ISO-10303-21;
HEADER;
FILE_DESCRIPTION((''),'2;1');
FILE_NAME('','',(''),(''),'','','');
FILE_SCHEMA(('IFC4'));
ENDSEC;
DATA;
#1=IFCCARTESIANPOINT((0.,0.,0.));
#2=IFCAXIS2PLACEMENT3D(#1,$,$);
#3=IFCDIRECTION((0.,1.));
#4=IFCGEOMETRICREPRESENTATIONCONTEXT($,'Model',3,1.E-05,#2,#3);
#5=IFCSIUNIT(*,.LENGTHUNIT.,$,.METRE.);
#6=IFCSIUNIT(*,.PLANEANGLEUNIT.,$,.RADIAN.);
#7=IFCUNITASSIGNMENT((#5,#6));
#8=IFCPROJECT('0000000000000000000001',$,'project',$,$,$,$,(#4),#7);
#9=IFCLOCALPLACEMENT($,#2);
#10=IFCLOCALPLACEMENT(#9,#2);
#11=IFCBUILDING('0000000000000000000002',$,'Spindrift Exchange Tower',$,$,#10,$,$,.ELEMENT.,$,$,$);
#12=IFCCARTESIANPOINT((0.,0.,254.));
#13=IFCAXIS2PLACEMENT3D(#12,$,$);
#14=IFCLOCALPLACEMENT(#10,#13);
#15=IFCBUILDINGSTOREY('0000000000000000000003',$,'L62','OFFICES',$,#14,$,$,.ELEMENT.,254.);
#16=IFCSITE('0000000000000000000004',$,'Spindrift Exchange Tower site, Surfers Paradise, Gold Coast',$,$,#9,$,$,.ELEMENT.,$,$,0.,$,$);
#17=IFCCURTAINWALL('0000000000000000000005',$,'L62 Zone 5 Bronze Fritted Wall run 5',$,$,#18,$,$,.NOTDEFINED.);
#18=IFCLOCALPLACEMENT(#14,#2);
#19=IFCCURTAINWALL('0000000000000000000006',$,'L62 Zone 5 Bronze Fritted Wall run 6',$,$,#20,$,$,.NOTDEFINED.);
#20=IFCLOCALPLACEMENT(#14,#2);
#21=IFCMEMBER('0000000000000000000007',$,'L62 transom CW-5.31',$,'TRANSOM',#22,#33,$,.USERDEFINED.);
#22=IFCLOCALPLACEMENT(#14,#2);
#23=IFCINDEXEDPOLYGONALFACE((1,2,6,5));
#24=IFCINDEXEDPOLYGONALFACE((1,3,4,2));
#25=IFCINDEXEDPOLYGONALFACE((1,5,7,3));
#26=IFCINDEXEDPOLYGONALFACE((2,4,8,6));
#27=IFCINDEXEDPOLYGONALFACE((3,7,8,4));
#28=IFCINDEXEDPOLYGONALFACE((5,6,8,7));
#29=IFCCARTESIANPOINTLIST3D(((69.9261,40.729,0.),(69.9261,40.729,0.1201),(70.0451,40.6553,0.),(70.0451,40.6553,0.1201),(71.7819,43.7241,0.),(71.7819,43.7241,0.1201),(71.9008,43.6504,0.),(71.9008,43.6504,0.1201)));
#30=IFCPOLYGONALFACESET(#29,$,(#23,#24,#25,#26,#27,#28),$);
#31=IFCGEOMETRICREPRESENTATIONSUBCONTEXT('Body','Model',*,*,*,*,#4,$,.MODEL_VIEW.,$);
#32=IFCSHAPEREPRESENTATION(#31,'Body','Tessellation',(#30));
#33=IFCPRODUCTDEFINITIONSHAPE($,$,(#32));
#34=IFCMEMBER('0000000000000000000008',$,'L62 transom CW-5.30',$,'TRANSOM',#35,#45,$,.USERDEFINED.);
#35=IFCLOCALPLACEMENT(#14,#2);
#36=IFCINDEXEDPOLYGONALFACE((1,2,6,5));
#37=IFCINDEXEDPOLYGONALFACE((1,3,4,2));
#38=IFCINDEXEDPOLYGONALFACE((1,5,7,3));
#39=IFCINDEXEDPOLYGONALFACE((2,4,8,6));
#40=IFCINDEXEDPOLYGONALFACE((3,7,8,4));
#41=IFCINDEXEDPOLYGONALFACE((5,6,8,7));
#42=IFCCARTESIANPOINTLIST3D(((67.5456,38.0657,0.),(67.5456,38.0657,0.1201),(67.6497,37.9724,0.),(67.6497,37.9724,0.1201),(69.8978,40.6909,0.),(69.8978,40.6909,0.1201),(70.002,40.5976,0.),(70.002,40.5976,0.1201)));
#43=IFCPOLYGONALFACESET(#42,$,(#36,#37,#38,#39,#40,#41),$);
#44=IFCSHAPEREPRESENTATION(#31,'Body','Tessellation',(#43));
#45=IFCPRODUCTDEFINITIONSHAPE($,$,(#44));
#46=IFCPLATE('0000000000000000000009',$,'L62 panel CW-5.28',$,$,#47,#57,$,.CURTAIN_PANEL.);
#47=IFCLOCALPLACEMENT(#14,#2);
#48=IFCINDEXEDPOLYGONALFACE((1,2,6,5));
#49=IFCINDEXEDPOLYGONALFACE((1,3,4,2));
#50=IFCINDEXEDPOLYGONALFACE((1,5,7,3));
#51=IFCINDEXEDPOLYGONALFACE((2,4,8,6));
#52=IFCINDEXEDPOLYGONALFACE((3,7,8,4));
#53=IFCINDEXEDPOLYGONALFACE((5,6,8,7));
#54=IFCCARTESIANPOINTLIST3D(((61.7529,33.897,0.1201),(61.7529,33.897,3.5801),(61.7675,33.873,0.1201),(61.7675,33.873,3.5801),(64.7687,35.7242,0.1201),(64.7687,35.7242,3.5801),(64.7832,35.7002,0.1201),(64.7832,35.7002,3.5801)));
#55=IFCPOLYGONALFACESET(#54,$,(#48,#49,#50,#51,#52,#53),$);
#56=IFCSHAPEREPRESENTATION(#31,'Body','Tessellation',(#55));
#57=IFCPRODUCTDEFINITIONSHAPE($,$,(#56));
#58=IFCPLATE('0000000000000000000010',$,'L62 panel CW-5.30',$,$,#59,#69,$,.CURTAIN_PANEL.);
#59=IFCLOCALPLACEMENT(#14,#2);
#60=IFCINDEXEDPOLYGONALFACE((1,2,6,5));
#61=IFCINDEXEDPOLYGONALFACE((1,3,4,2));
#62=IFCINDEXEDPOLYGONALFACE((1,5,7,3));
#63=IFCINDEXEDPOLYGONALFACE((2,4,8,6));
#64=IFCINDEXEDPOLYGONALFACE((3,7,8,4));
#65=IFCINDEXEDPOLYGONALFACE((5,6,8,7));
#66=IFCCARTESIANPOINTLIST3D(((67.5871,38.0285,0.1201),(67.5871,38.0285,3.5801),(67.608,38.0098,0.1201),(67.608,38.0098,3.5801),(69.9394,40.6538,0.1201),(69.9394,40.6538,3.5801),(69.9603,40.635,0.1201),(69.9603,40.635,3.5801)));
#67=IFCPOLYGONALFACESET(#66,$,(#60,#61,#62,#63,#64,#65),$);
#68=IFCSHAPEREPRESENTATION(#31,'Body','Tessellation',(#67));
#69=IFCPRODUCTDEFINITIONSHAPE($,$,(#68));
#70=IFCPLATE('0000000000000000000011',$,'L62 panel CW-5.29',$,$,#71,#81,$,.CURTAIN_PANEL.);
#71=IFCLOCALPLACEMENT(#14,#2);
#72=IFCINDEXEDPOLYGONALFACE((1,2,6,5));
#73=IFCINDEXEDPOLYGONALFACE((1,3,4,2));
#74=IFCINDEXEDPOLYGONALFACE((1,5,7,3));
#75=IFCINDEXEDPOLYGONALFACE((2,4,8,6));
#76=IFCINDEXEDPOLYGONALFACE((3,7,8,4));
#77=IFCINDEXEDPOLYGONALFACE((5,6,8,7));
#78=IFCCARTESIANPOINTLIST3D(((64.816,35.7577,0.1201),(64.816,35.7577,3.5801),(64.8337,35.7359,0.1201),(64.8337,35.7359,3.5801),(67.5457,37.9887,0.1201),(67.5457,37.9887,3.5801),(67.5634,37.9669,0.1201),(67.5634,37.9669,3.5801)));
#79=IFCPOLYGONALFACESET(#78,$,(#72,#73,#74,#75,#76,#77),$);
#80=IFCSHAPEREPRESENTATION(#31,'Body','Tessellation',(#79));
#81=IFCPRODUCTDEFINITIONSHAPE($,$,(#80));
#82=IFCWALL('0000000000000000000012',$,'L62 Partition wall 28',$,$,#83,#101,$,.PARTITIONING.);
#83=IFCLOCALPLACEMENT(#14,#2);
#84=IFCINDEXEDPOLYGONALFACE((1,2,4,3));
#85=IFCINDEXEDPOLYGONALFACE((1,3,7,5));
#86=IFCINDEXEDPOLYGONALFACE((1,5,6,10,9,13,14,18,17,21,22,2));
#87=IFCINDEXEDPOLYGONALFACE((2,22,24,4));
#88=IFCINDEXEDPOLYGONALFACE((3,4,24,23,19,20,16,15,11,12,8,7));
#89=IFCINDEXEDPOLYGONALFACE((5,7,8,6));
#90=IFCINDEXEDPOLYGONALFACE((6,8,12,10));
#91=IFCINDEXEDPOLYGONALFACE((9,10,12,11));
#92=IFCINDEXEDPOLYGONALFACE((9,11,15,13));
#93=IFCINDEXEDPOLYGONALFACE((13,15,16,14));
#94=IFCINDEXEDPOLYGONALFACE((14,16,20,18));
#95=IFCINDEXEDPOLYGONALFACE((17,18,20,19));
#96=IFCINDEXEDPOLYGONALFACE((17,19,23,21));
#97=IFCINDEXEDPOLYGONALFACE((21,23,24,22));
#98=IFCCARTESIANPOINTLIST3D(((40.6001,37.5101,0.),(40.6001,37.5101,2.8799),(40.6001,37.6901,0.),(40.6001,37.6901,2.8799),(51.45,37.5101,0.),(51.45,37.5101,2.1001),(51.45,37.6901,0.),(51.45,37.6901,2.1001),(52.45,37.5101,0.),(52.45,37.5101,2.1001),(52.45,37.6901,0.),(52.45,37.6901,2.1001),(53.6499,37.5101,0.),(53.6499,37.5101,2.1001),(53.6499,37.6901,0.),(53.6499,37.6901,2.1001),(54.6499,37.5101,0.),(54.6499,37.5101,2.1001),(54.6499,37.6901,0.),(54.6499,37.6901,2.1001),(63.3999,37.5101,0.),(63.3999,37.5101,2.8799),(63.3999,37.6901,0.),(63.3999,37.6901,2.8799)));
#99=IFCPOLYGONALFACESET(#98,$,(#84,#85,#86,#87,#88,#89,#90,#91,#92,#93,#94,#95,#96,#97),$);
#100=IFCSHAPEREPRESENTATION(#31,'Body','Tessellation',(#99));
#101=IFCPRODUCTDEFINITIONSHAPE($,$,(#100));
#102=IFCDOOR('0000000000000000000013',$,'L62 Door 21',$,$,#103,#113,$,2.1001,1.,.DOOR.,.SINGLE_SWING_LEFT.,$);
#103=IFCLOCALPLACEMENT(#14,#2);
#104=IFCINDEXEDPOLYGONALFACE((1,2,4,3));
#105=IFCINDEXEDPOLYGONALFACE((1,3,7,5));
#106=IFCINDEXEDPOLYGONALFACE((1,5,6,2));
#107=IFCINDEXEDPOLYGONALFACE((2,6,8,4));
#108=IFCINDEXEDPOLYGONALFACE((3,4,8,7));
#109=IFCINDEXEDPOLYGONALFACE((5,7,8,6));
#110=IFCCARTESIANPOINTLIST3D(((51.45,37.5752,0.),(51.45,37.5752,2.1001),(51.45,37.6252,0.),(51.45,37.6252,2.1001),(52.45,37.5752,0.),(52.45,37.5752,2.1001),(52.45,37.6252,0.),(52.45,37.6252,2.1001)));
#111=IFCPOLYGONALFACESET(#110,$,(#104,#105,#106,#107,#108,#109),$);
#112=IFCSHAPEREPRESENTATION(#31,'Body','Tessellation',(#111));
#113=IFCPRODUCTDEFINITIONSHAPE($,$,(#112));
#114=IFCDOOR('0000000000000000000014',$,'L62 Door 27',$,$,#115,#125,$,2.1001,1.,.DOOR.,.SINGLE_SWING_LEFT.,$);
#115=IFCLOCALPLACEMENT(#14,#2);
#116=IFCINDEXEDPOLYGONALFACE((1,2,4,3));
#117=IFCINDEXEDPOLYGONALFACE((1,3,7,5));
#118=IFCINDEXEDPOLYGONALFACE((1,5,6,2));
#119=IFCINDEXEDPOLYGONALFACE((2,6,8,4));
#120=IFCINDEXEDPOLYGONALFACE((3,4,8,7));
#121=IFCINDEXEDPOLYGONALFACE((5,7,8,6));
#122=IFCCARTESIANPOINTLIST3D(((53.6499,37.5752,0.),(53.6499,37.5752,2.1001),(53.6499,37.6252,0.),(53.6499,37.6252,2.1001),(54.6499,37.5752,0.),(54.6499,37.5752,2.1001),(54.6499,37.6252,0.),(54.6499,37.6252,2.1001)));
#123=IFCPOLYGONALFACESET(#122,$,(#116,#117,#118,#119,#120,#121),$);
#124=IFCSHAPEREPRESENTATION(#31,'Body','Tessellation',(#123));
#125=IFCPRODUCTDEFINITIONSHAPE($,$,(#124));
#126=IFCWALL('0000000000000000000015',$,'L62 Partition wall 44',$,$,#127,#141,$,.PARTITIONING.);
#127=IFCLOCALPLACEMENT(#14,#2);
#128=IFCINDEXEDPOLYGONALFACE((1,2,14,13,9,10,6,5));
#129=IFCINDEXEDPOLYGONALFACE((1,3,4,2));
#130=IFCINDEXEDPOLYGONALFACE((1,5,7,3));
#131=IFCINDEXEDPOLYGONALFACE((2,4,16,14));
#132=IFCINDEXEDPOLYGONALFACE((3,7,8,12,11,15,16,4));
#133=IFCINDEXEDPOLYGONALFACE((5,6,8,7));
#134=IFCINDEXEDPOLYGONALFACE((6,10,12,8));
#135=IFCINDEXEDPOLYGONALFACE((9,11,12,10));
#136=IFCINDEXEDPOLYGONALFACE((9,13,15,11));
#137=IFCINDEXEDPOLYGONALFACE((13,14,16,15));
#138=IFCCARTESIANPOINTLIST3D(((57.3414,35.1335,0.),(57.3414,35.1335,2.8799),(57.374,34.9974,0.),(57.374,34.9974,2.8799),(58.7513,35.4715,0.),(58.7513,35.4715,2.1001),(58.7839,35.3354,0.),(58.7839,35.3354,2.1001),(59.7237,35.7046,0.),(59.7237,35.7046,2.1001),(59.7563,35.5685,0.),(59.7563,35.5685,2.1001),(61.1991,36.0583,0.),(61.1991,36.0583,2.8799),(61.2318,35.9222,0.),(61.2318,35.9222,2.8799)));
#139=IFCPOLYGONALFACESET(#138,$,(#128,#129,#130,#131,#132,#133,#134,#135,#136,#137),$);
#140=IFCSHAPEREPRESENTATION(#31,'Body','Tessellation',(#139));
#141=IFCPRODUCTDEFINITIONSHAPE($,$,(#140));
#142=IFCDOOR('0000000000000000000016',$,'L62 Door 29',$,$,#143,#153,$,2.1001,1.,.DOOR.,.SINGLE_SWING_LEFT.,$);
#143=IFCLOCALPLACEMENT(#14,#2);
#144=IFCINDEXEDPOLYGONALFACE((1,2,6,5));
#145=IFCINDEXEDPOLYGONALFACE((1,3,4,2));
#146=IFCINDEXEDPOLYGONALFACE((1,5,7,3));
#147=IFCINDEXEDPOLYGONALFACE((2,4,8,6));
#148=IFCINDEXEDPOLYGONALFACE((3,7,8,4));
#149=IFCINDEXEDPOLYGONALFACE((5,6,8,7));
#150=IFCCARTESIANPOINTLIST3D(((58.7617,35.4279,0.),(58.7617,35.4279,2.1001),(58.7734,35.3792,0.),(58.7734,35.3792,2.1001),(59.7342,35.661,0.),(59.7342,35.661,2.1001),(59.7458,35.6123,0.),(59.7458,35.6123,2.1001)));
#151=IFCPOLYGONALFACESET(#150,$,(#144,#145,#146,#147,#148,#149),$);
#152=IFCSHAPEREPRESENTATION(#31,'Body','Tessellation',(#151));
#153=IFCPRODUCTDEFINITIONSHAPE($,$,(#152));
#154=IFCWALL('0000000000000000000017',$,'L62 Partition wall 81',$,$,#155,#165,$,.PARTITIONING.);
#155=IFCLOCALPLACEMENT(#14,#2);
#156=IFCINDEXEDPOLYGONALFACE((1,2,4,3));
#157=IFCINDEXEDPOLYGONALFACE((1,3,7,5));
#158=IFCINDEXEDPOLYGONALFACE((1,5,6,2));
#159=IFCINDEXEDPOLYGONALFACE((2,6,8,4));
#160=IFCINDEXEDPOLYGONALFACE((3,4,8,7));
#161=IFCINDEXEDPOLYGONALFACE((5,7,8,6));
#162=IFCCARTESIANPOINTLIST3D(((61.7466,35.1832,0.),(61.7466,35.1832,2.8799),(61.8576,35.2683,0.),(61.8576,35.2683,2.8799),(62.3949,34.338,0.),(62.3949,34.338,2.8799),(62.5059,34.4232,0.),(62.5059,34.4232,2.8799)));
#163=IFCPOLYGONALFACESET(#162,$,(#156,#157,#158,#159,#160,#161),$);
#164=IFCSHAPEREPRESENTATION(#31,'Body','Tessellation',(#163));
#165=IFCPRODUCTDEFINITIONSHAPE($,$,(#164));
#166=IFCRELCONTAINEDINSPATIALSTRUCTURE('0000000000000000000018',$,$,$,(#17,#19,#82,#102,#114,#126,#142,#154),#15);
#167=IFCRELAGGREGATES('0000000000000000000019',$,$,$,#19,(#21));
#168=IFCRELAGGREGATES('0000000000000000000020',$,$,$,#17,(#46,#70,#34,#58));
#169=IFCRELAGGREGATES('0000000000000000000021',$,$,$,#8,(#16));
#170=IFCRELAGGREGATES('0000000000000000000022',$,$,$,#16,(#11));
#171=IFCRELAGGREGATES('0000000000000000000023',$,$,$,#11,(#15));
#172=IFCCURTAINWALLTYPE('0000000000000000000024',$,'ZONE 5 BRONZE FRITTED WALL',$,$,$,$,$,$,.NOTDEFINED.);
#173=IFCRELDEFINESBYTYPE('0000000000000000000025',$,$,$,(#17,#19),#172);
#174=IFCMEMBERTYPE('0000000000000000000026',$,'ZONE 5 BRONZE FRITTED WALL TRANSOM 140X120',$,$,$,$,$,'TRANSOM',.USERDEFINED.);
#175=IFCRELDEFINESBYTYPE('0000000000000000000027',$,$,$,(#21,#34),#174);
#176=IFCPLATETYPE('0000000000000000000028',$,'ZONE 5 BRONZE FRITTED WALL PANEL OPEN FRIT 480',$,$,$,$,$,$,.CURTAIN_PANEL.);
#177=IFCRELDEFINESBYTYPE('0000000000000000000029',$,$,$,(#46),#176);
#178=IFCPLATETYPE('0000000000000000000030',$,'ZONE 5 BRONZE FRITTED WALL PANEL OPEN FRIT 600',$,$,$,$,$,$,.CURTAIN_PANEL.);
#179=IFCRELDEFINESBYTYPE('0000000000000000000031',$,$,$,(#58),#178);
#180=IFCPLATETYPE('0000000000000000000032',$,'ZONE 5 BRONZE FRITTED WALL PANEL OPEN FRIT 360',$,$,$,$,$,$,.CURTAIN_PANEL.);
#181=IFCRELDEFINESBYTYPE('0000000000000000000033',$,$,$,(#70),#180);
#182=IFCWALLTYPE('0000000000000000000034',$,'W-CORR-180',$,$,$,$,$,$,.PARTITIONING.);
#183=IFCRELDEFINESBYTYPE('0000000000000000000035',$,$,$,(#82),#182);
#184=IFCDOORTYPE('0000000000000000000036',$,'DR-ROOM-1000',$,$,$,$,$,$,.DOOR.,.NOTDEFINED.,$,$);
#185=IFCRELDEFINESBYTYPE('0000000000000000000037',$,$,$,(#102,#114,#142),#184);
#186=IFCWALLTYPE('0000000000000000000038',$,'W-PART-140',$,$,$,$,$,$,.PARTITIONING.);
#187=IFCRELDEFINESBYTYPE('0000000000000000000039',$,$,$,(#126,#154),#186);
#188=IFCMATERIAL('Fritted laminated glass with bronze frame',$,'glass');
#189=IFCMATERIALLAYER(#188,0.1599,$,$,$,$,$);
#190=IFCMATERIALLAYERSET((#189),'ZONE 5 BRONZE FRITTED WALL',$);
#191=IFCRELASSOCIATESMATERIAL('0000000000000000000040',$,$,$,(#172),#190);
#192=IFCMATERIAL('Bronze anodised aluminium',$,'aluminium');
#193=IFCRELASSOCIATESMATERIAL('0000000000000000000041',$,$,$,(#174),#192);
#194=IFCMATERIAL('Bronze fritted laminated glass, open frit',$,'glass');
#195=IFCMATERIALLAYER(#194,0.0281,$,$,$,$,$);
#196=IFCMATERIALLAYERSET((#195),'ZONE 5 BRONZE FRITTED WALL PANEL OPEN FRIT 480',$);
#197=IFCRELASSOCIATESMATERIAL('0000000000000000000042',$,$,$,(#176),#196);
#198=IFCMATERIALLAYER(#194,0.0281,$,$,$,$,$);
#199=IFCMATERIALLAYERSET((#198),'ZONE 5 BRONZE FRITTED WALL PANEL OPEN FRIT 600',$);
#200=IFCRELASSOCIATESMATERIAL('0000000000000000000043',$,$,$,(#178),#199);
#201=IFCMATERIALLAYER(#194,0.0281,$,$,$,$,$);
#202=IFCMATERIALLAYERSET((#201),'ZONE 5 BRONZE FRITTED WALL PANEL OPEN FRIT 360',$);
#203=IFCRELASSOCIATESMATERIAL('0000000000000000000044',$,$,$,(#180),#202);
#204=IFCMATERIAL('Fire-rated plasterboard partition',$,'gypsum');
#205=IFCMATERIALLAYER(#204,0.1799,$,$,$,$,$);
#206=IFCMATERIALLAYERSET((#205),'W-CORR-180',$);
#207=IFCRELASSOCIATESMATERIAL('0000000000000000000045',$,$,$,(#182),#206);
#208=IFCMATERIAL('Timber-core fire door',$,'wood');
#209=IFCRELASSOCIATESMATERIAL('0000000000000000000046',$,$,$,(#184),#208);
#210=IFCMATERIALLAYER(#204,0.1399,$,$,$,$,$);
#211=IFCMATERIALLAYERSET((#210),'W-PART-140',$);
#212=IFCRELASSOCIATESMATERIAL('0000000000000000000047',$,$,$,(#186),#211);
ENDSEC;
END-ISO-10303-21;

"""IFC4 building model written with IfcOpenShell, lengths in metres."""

from ifc_helpers import new_model, si_unit, direction, frame, frame_2d, origin, origin_2d, place, context, subcontext, project, spatial, rectangle, extrude, source, transform, mapped, material, layer, layer_set, material_profile, profile_set, type_object, element, fill, aggregate, save


model = new_model("IFC4")

# Units and contexts
model_context = context("Model", 3, precision=1e-05, world=origin(), true_north=direction((0.0, 1.0)))
body_context = subcontext(model_context, "Body", "Model", "MODEL_VIEW")
ifc_project = project(units=[si_unit("LENGTHUNIT", "METRE"), si_unit("PLANEANGLEUNIT", "RADIAN")], contexts=[model_context])

# Site, building, storey
site_placement = place(None, origin())
site = spatial("IfcSite", under=ifc_project, at=site_placement, Name="Spindrift Exchange Tower site, Surfers Paradise, Gold Coast", CompositionType="ELEMENT", RefElevation=0.0)
building_placement = place(site_placement, origin())
building = spatial("IfcBuilding", under=site, at=building_placement, Name="Spindrift Exchange Tower", CompositionType="ELEMENT")
storey_placement = place(building_placement, frame((0.0, 0.0, 254.0)))
storey = spatial("IfcBuildingStorey", under=building, at=storey_placement, Name="L62", Description="OFFICES", CompositionType="ELEMENT", Elevation=254.0)

# Curtain wall
ifc_material_1 = material(Name="Fritted laminated glass with bronze frame", Category="glass")
ifc_layer_1 = layer(ifc_material_1, 0.1599)
ifc_layer_set_1 = layer_set([ifc_layer_1], Name="ZONE 5 BRONZE FRITTED WALL")
curtain_wall_type = type_object("IfcCurtainWallType", Name="ZONE 5 BRONZE FRITTED WALL", PredefinedType="NOTDEFINED", material=ifc_layer_set_1)
curtain_wall_1_placement = place(storey_placement, origin())
curtain_wall_1 = element("IfcCurtainWall", 1, at=curtain_wall_1_placement, inside=storey, type_object=curtain_wall_type, Name="L62 Zone 5 Bronze Fritted Wall run 5", PredefinedType="NOTDEFINED")
ifc_material_2 = material(Name="Bronze anodised aluminium", Category="aluminium")

# Curtain wall
curtain_wall_2_placement = place(storey_placement, origin())
curtain_wall_2 = element("IfcCurtainWall", 2, at=curtain_wall_2_placement, inside=storey, type_object=curtain_wall_type, Name="L62 Zone 5 Bronze Fritted Wall run 6", PredefinedType="NOTDEFINED")

# Members
ifc_material_profile_1 = material_profile(ifc_material_2, rectangle(XDim=0.1399, YDim=0.1201, at=origin_2d()), Name="ZONE 5 BRONZE FRITTED WALL TRANSOM 140X120")
ifc_profile_set_1 = profile_set([ifc_material_profile_1], Name="Bronze anodised aluminium")
member_type_1 = type_object("IfcMemberType", Name="ZONE 5 BRONZE FRITTED WALL TRANSOM 140X120", ElementType="TRANSOM", PredefinedType="USERDEFINED", material=ifc_profile_set_1)
shared_shape_1 = source(origin(), body_context, "Body", "SweptSolid", [
    extrude(rectangle(XDim=0.1399, YDim=0.1201, at=origin_2d()), origin(), (0.0, 0.0, 1.0), 3.5234),
])
member_1_placement = place(storey_placement, frame((69.9856, 40.6921, 0.0601), z_axis=(0.526681, 0.850063, 0.0), x_axis=(-0.850063, 0.526681, 0.0)))
member_1 = element("IfcMember", 3, at=member_1_placement, type_object=member_type_1, Name="L62 transom CW-5.31", ObjectType="TRANSOM", PredefinedType="USERDEFINED", context=body_context, shape_type="MappedRepresentation", body=[
    mapped(shared_shape_1, transform((0.0, 0.0, 0.0), scale=1.0)),
])
aggregate(curtain_wall_2, [member_1])
shared_shape_2 = source(origin(), body_context, "Body", "SweptSolid", [
    extrude(rectangle(XDim=0.1399, YDim=0.1201, at=origin_2d()), origin(), (0.0, 0.0, 1.0), 3.5249),
])
member_2_placement = place(storey_placement, frame((67.5977, 38.019, 0.0601), z_axis=(0.667329, 0.744763, 0.0), x_axis=(-0.744763, 0.667329, 0.0)))
member_2 = element("IfcMember", 4, at=member_2_placement, type_object=member_type_1, Name="L62 transom CW-5.30", ObjectType="TRANSOM", PredefinedType="USERDEFINED", context=body_context, shape_type="MappedRepresentation", body=[
    mapped(shared_shape_2, transform((0.0, 0.0, 0.0), scale=1.0)),
])

# Plates
ifc_material_3 = material(Name="Bronze fritted laminated glass, open frit", Category="glass")
ifc_layer_2 = layer(ifc_material_3, 0.0281)
ifc_layer_set_2 = layer_set([ifc_layer_2], Name="ZONE 5 BRONZE FRITTED WALL PANEL OPEN FRIT 480")
plate_type_1 = type_object("IfcPlateType", Name="ZONE 5 BRONZE FRITTED WALL PANEL OPEN FRIT 480", PredefinedType="CURTAIN_PANEL", material=ifc_layer_set_2)
shared_shape_3 = source(origin(), body_context, "Body", "SweptSolid", [
    extrude(rectangle(XDim=3.5261, YDim=0.0281, at=origin_2d()), origin(), (0.0, 0.0, 1.0), 3.46),
])
plate_1_placement = place(storey_placement, frame((63.2681, 34.7986, 0.1201), z_axis=(0.0, 0.0, 1.0), x_axis=(0.855258, 0.518202, 0.0)))
plate_1 = element("IfcPlate", 5, at=plate_1_placement, type_object=plate_type_1, Name="L62 panel CW-5.28", PredefinedType="CURTAIN_PANEL", context=body_context, shape_type="MappedRepresentation", body=[
    mapped(shared_shape_3, transform((0.0, 0.0, 0.0), scale=1.0)),
])
ifc_layer_3 = layer(ifc_material_3, 0.0281)
ifc_layer_set_3 = layer_set([ifc_layer_3], Name="ZONE 5 BRONZE FRITTED WALL PANEL OPEN FRIT 600")
plate_type_2 = type_object("IfcPlateType", Name="ZONE 5 BRONZE FRITTED WALL PANEL OPEN FRIT 600", PredefinedType="CURTAIN_PANEL", material=ifc_layer_set_3)
shared_shape_4 = source(origin(), body_context, "Body", "SweptSolid", [
    extrude(rectangle(XDim=3.5249, YDim=0.0281, at=origin_2d()), origin(), (0.0, 0.0, 1.0), 3.46),
])
plate_2_placement = place(storey_placement, frame((68.7737, 39.3318, 0.1201), z_axis=(0.0, 0.0, 1.0), x_axis=(0.667326, 0.744766, 0.0)))
plate_2 = element("IfcPlate", 6, at=plate_2_placement, type_object=plate_type_2, Name="L62 panel CW-5.30", PredefinedType="CURTAIN_PANEL", context=body_context, shape_type="MappedRepresentation", body=[
    mapped(shared_shape_4, transform((0.0, 0.0, 0.0), scale=1.0)),
])
ifc_layer_4 = layer(ifc_material_3, 0.0281)
ifc_layer_set_4 = layer_set([ifc_layer_4], Name="ZONE 5 BRONZE FRITTED WALL PANEL OPEN FRIT 360")
plate_type_3 = type_object("IfcPlateType", Name="ZONE 5 BRONZE FRITTED WALL PANEL OPEN FRIT 360", PredefinedType="CURTAIN_PANEL", material=ifc_layer_set_4)
shared_shape_5 = source(origin(), body_context, "Body", "SweptSolid", [
    extrude(rectangle(XDim=3.5254, YDim=0.0281, at=origin_2d()), origin(), (0.0, 0.0, 1.0), 3.46),
])
plate_3_placement = place(storey_placement, frame((66.1897, 36.8623, 0.1201), z_axis=(0.0, 0.0, 1.0), x_axis=(0.77429, 0.632831, 0.0)))
plate_3 = element("IfcPlate", 7, at=plate_3_placement, type_object=plate_type_3, Name="L62 panel CW-5.29", PredefinedType="CURTAIN_PANEL", context=body_context, shape_type="MappedRepresentation", body=[
    mapped(shared_shape_5, transform((0.0, 0.0, 0.0), scale=1.0)),
])
aggregate(curtain_wall_1, [plate_1, plate_3, member_2, plate_2])

# Wall, openings, doors
ifc_material_4 = material(Name="Fire-rated plasterboard partition", Category="gypsum")
ifc_layer_5 = layer(ifc_material_4, 0.1799)
ifc_layer_set_5 = layer_set([ifc_layer_5], Name="W-CORR-180")
wall_type_1 = type_object("IfcWallType", Name="W-CORR-180", PredefinedType="PARTITIONING", material=ifc_layer_set_5)
wall_1_placement = place(storey_placement, frame((63.3999, 37.6001, 0.0), z_axis=(0.0, 0.0, 1.0), x_axis=(-1.0, 0.0, 0.0)))
wall_1 = element("IfcWall", 8, at=wall_1_placement, inside=storey, type_object=wall_type_1, Name="L62 Partition wall 28", PredefinedType="PARTITIONING", context=body_context, shape_type="SweptSolid", body=[
    extrude(rectangle(XDim=22.7998, YDim=0.1799, at=frame_2d((11.3999, 0.0))), origin(), (0.0, 0.0, 1.0), 2.8799),
])
opening_1_placement = place(wall_1_placement, frame((10.95, 0.0, 0.0)))
opening_1 = element("IfcOpeningElement", 9, at=opening_1_placement, cuts=wall_1, PredefinedType="OPENING", context=body_context, shape_type="SweptSolid", body=[
    extrude(rectangle(XDim=1.0, YDim=2.1001, at=frame_2d((0.5, 1.05))), frame((0.0, 0.0999, 0.0), z_axis=(0.0, -1.0, 0.0), x_axis=(1.0, 0.0, 0.0)), (0.0, 0.0, 1.0), 0.2),
])
opening_2_placement = place(wall_1_placement, frame((8.75, 0.0, 0.0)))
opening_2 = element("IfcOpeningElement", 10, at=opening_2_placement, cuts=wall_1, PredefinedType="OPENING", context=body_context, shape_type="SweptSolid", body=[
    extrude(rectangle(XDim=1.0, YDim=2.1001, at=frame_2d((0.5, 1.05))), frame((0.0, 0.0999, 0.0), z_axis=(0.0, -1.0, 0.0), x_axis=(1.0, 0.0, 0.0)), (0.0, 0.0, 1.0), 0.2),
])
ifc_material_5 = material(Name="Timber-core fire door", Category="wood")
door_type = type_object("IfcDoorType", Name="DR-ROOM-1000", OperationType="NOTDEFINED", PredefinedType="DOOR", material=ifc_material_5)
shared_shape_6 = source(origin(), body_context, "Body", "SweptSolid", [
    extrude(rectangle(XDim=1.0, YDim=2.1001, at=frame_2d((0.5, 1.05))), frame((0.0, 0.0249, 0.0), z_axis=(0.0, -1.0, 0.0), x_axis=(1.0, 0.0, 0.0)), (0.0, 0.0, 1.0), 0.05),
])
door_1_placement = place(opening_1_placement, origin())
door_1 = element("IfcDoor", 11, at=door_1_placement, inside=storey, type_object=door_type, Name="L62 Door 21", OperationType="SINGLE_SWING_LEFT", OverallHeight=2.1001, OverallWidth=1.0, PredefinedType="DOOR", context=body_context, shape_type="MappedRepresentation", body=[
    mapped(shared_shape_6, transform((0.0, 0.0, 0.0), scale=1.0)),
])
fill(opening_1, door_1)
door_2_placement = place(opening_2_placement, origin())
door_2 = element("IfcDoor", 12, at=door_2_placement, inside=storey, type_object=door_type, Name="L62 Door 27", OperationType="SINGLE_SWING_LEFT", OverallHeight=2.1001, OverallWidth=1.0, PredefinedType="DOOR", context=body_context, shape_type="MappedRepresentation", body=[
    mapped(shared_shape_6, transform((0.0, 0.0, 0.0), scale=1.0)),
])
fill(opening_2, door_2)

# Wall, opening, door
ifc_layer_6 = layer(ifc_material_4, 0.1399)
ifc_layer_set_6 = layer_set([ifc_layer_6], Name="W-PART-140")
wall_type_2 = type_object("IfcWallType", Name="W-PART-140", PredefinedType="PARTITIONING", material=ifc_layer_set_6)
wall_2_placement = place(storey_placement, frame((61.2153, 35.9902, 0.0), z_axis=(0.0, 0.0, 1.0), x_axis=(-0.972446, -0.233126, 0.0)))
wall_2 = element("IfcWall", 13, at=wall_2_placement, inside=storey, type_object=wall_type_2, Name="L62 Partition wall 44", PredefinedType="PARTITIONING", context=body_context, shape_type="SweptSolid", body=[
    extrude(rectangle(XDim=3.967, YDim=0.1399, at=frame_2d((1.9834, 0.0))), origin(), (0.0, 0.0, 1.0), 2.8799),
])
opening_3_placement = place(wall_2_placement, frame((1.5171, 0.0, 0.0)))
opening_3 = element("IfcOpeningElement", 14, at=opening_3_placement, cuts=wall_2, PredefinedType="OPENING", context=body_context, shape_type="SweptSolid", body=[
    extrude(rectangle(XDim=1.0, YDim=2.1001, at=frame_2d((0.5, 1.05))), frame((0.0, 0.0798, 0.0), z_axis=(0.0, -1.0, 0.0), x_axis=(1.0, 0.0, 0.0)), (0.0, 0.0, 1.0), 0.1599),
])
door_3_placement = place(opening_3_placement, origin())
door_3 = element("IfcDoor", 15, at=door_3_placement, inside=storey, type_object=door_type, Name="L62 Door 29", OperationType="SINGLE_SWING_LEFT", OverallHeight=2.1001, OverallWidth=1.0, PredefinedType="DOOR", context=body_context, shape_type="MappedRepresentation", body=[
    mapped(shared_shape_6, transform((0.0, 0.0, 0.0), scale=1.0)),
])
fill(opening_3, door_3)

# Wall
wall_3_placement = place(storey_placement, frame((61.802, 35.2258, 0.0), z_axis=(0.0, 0.0, 1.0), x_axis=(0.608691, -0.793407, 0.0)))
element("IfcWall", 16, at=wall_3_placement, inside=storey, type_object=wall_type_2, Name="L62 Partition wall 81", PredefinedType="PARTITIONING", context=body_context, shape_type="SweptSolid", body=[
    extrude(rectangle(XDim=1.0652, YDim=0.1399, at=frame_2d((0.5327, 0.0))), origin(), (0.0, 0.0, 1.0), 2.8799),
])

save(model, "model.ifc")
